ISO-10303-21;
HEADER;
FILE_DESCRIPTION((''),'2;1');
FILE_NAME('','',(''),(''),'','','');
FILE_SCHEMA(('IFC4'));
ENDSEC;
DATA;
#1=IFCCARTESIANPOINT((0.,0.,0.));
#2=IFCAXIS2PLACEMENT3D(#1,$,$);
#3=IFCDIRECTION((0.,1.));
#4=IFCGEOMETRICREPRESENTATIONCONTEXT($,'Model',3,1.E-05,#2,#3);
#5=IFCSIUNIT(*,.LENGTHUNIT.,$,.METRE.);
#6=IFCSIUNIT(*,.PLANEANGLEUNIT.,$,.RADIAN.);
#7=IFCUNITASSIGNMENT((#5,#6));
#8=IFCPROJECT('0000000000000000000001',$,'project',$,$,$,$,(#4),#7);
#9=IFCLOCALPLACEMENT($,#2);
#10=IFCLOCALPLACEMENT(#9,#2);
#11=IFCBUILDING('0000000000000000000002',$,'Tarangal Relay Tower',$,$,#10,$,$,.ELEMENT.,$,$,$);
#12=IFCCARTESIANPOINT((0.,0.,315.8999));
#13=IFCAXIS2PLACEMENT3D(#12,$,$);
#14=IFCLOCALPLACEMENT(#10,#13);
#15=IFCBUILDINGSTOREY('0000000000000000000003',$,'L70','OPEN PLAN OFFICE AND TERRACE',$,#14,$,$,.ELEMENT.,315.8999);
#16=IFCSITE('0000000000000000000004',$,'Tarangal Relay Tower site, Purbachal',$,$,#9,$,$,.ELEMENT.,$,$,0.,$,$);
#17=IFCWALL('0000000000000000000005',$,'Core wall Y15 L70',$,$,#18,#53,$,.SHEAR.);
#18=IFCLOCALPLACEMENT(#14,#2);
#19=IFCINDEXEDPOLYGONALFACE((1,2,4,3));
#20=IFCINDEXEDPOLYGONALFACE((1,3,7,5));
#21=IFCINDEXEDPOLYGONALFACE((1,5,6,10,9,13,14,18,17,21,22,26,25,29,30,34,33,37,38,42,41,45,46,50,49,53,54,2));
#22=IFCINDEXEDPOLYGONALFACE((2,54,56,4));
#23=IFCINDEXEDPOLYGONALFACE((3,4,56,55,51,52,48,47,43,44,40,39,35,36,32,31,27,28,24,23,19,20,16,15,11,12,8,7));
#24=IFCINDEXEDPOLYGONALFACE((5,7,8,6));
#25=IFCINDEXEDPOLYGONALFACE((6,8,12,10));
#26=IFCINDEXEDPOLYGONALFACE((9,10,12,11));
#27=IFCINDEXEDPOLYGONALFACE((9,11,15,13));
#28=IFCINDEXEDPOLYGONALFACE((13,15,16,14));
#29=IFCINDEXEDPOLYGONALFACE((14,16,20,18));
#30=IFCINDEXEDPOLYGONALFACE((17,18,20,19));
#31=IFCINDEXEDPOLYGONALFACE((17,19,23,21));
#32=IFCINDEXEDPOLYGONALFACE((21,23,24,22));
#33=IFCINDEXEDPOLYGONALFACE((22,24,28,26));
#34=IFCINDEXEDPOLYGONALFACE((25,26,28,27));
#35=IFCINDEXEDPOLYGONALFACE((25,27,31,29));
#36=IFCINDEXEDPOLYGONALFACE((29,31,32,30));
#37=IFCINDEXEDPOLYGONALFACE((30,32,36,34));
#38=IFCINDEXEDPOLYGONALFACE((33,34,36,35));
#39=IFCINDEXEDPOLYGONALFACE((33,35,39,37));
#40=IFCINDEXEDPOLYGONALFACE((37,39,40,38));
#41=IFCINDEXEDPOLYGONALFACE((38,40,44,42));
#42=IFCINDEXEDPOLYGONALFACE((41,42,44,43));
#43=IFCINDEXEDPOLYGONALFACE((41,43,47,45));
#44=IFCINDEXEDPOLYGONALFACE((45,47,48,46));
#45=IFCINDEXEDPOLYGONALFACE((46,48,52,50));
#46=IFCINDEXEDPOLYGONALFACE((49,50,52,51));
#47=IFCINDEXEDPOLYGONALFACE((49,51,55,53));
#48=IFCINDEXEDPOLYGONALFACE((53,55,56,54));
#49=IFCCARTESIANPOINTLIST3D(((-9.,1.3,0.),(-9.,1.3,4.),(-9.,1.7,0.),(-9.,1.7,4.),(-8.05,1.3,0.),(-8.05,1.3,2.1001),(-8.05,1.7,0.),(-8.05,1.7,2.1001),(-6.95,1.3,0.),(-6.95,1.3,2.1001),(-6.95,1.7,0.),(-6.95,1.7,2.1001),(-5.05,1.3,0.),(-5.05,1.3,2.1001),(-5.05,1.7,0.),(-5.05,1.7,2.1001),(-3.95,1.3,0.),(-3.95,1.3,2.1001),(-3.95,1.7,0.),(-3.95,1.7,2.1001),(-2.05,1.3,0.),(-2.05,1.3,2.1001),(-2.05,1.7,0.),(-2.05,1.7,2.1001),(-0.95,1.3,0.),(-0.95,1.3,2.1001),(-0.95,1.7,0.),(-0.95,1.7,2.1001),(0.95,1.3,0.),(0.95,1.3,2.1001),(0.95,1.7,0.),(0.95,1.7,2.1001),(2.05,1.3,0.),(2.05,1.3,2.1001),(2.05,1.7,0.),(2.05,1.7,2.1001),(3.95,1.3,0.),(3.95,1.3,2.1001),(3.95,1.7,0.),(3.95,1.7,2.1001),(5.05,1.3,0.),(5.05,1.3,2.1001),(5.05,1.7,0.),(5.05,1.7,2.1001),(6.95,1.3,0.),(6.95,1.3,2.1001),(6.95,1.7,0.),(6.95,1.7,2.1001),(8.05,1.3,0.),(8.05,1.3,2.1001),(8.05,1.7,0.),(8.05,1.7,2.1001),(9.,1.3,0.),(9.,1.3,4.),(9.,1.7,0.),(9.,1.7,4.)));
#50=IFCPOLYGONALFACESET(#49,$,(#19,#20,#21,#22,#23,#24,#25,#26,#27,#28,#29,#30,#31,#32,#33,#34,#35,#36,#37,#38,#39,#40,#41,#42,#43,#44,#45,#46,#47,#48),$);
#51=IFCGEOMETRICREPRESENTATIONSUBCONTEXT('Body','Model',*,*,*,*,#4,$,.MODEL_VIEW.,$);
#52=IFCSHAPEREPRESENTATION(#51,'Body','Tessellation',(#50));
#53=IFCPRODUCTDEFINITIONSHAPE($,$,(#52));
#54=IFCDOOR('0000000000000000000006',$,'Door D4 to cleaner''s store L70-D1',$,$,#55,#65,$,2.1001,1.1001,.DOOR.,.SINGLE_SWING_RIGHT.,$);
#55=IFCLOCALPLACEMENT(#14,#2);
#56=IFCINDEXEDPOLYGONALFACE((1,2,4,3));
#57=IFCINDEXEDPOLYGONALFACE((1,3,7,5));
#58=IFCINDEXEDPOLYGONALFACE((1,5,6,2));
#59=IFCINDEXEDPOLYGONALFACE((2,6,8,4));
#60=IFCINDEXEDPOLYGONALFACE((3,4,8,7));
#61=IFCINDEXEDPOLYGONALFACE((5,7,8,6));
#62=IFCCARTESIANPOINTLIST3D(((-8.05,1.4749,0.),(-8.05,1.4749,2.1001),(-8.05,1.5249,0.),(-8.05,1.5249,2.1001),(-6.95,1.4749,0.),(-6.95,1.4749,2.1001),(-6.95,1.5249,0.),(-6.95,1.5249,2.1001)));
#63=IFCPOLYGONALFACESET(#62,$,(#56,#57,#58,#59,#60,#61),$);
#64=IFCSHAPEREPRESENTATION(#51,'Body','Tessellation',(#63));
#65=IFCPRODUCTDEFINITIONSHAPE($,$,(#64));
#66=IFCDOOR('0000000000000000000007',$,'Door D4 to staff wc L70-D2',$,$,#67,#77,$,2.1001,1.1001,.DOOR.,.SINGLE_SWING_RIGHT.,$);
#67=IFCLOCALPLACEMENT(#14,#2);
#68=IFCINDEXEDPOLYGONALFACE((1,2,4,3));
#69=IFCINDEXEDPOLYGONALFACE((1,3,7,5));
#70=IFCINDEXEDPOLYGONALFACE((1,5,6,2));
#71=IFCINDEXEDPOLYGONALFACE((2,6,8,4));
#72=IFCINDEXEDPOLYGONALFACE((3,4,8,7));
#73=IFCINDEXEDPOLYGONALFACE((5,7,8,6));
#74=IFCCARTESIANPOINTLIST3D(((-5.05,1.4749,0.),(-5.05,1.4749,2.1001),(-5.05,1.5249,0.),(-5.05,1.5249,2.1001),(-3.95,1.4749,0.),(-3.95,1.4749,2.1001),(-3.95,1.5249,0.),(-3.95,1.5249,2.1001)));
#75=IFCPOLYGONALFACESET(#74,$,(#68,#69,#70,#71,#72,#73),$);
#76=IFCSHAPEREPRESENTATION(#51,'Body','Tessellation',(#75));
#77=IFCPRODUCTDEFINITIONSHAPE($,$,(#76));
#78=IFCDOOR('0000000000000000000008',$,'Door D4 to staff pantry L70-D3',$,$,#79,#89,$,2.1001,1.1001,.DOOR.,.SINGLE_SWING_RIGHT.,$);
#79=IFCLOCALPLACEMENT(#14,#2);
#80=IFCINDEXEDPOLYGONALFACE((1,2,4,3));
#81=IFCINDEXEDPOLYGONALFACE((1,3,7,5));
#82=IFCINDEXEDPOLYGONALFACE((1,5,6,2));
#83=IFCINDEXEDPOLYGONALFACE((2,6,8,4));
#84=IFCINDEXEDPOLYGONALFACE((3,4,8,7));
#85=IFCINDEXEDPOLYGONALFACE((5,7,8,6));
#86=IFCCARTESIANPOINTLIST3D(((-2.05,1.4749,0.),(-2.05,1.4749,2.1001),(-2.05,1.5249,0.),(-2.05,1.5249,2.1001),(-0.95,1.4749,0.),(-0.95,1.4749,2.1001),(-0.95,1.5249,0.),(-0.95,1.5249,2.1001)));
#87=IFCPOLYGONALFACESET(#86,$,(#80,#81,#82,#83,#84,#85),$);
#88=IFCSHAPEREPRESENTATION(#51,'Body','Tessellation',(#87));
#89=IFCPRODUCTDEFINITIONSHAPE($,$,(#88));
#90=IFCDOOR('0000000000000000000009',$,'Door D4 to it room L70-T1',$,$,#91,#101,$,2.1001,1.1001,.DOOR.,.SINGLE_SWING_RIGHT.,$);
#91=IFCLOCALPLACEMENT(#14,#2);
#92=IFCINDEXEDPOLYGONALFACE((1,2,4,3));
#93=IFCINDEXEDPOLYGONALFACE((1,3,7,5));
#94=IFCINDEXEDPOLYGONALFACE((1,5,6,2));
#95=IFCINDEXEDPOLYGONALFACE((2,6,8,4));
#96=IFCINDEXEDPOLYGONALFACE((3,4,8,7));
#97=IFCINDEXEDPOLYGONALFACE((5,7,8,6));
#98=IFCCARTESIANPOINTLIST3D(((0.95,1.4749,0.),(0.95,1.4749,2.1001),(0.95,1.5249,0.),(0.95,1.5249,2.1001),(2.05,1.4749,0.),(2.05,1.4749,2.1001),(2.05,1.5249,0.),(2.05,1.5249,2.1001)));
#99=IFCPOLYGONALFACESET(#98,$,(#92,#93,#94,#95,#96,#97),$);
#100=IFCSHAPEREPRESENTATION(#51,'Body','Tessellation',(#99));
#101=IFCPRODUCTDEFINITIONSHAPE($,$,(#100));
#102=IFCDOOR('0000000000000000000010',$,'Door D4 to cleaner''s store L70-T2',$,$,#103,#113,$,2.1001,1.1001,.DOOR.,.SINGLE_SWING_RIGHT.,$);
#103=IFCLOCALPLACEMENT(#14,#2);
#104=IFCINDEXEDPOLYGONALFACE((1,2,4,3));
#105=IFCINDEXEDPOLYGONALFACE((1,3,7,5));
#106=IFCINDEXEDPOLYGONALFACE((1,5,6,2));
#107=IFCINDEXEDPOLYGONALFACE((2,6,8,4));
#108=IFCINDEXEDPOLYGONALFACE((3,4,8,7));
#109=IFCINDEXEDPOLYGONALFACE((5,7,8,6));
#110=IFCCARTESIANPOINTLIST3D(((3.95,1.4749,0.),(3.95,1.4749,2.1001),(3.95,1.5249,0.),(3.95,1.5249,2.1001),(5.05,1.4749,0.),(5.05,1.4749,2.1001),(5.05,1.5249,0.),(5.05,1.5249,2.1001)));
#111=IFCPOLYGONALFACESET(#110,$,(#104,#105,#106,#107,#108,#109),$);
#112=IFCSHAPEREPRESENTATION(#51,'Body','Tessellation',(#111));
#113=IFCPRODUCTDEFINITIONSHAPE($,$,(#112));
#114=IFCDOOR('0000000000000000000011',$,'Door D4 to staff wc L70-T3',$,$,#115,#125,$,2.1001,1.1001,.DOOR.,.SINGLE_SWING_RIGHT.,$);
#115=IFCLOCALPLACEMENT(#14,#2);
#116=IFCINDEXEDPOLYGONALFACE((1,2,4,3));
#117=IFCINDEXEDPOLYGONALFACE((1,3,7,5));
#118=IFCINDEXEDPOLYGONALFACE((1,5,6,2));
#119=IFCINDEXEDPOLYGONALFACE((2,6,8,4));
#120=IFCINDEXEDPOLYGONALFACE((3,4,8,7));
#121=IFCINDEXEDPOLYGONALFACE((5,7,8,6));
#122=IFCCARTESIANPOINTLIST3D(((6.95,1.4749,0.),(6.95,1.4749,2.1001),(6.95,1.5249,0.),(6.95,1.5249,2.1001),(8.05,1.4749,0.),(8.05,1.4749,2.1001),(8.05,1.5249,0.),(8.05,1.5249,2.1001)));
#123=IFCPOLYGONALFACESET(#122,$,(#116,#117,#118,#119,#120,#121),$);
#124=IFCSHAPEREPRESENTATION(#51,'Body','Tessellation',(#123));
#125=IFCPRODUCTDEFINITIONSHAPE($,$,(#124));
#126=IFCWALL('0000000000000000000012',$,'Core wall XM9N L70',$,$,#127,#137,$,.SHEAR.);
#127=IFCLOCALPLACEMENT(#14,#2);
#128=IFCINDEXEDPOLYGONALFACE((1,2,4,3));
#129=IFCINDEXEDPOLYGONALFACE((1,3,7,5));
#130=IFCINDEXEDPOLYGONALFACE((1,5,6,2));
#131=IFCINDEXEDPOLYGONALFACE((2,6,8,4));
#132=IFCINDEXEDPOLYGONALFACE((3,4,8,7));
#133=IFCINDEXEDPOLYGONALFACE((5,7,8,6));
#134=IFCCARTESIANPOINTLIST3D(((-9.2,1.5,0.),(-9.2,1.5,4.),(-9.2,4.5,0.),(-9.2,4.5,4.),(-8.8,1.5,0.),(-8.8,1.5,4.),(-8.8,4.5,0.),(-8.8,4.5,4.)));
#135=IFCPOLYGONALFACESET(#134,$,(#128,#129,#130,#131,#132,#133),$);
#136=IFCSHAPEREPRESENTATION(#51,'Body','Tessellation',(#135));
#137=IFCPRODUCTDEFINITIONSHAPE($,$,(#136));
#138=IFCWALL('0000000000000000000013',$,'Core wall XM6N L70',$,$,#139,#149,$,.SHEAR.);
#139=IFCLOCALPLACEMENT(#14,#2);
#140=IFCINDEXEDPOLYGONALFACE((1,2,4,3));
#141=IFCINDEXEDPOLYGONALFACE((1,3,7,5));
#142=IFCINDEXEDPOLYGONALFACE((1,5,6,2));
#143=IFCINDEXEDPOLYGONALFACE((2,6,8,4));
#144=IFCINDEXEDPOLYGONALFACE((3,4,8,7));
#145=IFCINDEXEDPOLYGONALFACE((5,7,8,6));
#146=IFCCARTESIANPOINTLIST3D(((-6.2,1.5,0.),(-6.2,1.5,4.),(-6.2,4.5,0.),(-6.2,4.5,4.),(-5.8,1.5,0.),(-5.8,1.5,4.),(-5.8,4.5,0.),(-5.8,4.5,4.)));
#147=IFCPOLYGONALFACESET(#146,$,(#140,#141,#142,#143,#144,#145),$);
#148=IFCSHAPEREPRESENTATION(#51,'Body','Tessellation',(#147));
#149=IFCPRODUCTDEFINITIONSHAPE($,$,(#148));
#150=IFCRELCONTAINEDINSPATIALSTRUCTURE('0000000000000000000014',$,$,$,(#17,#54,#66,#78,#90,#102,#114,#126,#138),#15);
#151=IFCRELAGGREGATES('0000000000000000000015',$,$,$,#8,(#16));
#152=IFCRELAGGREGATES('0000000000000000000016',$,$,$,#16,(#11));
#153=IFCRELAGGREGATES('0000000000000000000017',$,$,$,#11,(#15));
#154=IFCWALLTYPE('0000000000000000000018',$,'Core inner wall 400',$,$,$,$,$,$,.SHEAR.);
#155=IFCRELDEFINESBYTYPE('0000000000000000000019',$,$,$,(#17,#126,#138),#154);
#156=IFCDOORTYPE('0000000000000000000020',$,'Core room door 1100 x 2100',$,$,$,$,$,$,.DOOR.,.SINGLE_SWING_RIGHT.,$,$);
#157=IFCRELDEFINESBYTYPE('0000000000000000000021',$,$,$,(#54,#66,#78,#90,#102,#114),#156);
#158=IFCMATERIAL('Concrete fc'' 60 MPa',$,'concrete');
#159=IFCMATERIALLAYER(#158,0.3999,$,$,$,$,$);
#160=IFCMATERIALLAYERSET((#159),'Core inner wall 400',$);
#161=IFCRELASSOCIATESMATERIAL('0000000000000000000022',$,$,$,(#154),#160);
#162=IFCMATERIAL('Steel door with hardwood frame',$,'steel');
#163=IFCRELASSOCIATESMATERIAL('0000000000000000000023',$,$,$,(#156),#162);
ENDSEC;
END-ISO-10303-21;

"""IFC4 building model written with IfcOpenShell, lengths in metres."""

from ifc_helpers import new_model, si_unit, direction, frame, frame_2d, origin, place, context, subcontext, project, spatial, rectangle, extrude, material, layer, layer_set, type_object, element, fill, save


model = new_model("IFC4")

# Units and contexts
model_context = context("Model", 3, precision=1e-05, world=origin(), true_north=direction((0.0, 1.0)))
body_context = subcontext(model_context, "Body", "Model", "MODEL_VIEW")
ifc_project = project(units=[si_unit("LENGTHUNIT", "METRE"), si_unit("PLANEANGLEUNIT", "RADIAN")], contexts=[model_context])

# Site, building, storey
site_placement = place(None, origin())
site = spatial("IfcSite", under=ifc_project, at=site_placement, Name="Tarangal Relay Tower site, Purbachal", CompositionType="ELEMENT", RefElevation=0.0)
building_placement = place(site_placement, origin())
building = spatial("IfcBuilding", under=site, at=building_placement, Name="Tarangal Relay Tower", CompositionType="ELEMENT")
storey_placement = place(building_placement, frame((0.0, 0.0, 315.8999)))
storey = spatial("IfcBuildingStorey", under=building, at=storey_placement, Name="L70", Description="OPEN PLAN OFFICE AND TERRACE", CompositionType="ELEMENT", Elevation=315.8999)

# Wall, openings, doors
ifc_material_1 = material(Name="Concrete fc' 60 MPa", Category="concrete")
ifc_layer = layer(ifc_material_1, 0.3999)
ifc_layer_set = layer_set([ifc_layer], Name="Core inner wall 400")
wall_type = type_object("IfcWallType", Name="Core inner wall 400", PredefinedType="SHEAR", material=ifc_layer_set)
wall_1_placement = place(storey_placement, frame((-9.0, 1.5, 0.0), z_axis=(0.0, 0.0, 1.0), x_axis=(1.0, 0.0, 0.0)))
wall_1 = element("IfcWall", 1, at=wall_1_placement, inside=storey, type_object=wall_type, Name="Core wall Y15 L70", PredefinedType="SHEAR", context=body_context, shape_type="SweptSolid", body=[
    extrude(rectangle(XDim=18.0, YDim=0.3999, at=frame_2d((9.0, 0.0))), origin(), (0.0, 0.0, 1.0), 4.0),
])
opening_1_placement = place(wall_1_placement, frame((0.95, 0.0, 0.0)))
opening_1 = element("IfcOpeningElement", 2, at=opening_1_placement, cuts=wall_1, PredefinedType="OPENING", context=body_context, shape_type="SweptSolid", body=[
    extrude(rectangle(XDim=1.1001, YDim=2.1001, at=frame_2d((0.55, 1.05))), frame((0.0, 0.21, 0.0), z_axis=(0.0, -1.0, 0.0), x_axis=(1.0, 0.0, 0.0)), (0.0, 0.0, 1.0), 0.4199),
])
opening_2_placement = place(wall_1_placement, frame((3.95, 0.0, 0.0)))
opening_2 = element("IfcOpeningElement", 3, at=opening_2_placement, cuts=wall_1, PredefinedType="OPENING", context=body_context, shape_type="SweptSolid", body=[
    extrude(rectangle(XDim=1.1001, YDim=2.1001, at=frame_2d((0.55, 1.05))), frame((0.0, 0.21, 0.0), z_axis=(0.0, -1.0, 0.0), x_axis=(1.0, 0.0, 0.0)), (0.0, 0.0, 1.0), 0.4199),
])
opening_3_placement = place(wall_1_placement, frame((6.95, 0.0, 0.0)))
opening_3 = element("IfcOpeningElement", 4, at=opening_3_placement, cuts=wall_1, PredefinedType="OPENING", context=body_context, shape_type="SweptSolid", body=[
    extrude(rectangle(XDim=1.1001, YDim=2.1001, at=frame_2d((0.55, 1.05))), frame((0.0, 0.21, 0.0), z_axis=(0.0, -1.0, 0.0), x_axis=(1.0, 0.0, 0.0)), (0.0, 0.0, 1.0), 0.4199),
])
opening_4_placement = place(wall_1_placement, frame((9.95, 0.0, 0.0)))
opening_4 = element("IfcOpeningElement", 5, at=opening_4_placement, cuts=wall_1, PredefinedType="OPENING", context=body_context, shape_type="SweptSolid", body=[
    extrude(rectangle(XDim=1.1001, YDim=2.1001, at=frame_2d((0.55, 1.05))), frame((0.0, 0.21, 0.0), z_axis=(0.0, -1.0, 0.0), x_axis=(1.0, 0.0, 0.0)), (0.0, 0.0, 1.0), 0.4199),
])
opening_5_placement = place(wall_1_placement, frame((12.95, 0.0, 0.0)))
opening_5 = element("IfcOpeningElement", 6, at=opening_5_placement, cuts=wall_1, PredefinedType="OPENING", context=body_context, shape_type="SweptSolid", body=[
    extrude(rectangle(XDim=1.1001, YDim=2.1001, at=frame_2d((0.55, 1.05))), frame((0.0, 0.21, 0.0), z_axis=(0.0, -1.0, 0.0), x_axis=(1.0, 0.0, 0.0)), (0.0, 0.0, 1.0), 0.4199),
])
opening_6_placement = place(wall_1_placement, frame((15.95, 0.0, 0.0)))
opening_6 = element("IfcOpeningElement", 7, at=opening_6_placement, cuts=wall_1, PredefinedType="OPENING", context=body_context, shape_type="SweptSolid", body=[
    extrude(rectangle(XDim=1.1001, YDim=2.1001, at=frame_2d((0.55, 1.05))), frame((0.0, 0.21, 0.0), z_axis=(0.0, -1.0, 0.0), x_axis=(1.0, 0.0, 0.0)), (0.0, 0.0, 1.0), 0.4199),
])
ifc_material_2 = material(Name="Steel door with hardwood frame", Category="steel")
door_type_1 = type_object("IfcDoorType", Name="Core room door 1100 x 2100", OperationType="SINGLE_SWING_RIGHT", PredefinedType="DOOR", material=ifc_material_2)
door_1_placement = place(opening_1_placement, origin())
door_1 = element("IfcDoor", 8, at=door_1_placement, inside=storey, type_object=door_type_1, Name="Door D4 to cleaner's store L70-D1", OperationType="SINGLE_SWING_RIGHT", OverallHeight=2.1001, OverallWidth=1.1001, PredefinedType="DOOR", context=body_context, shape_type="SweptSolid", body=[
    extrude(rectangle(XDim=1.1001, YDim=2.1001, at=frame_2d((0.55, 1.05))), frame((0.0, 0.0249, 0.0), z_axis=(0.0, -1.0, 0.0), x_axis=(1.0, 0.0, 0.0)), (0.0, 0.0, 1.0), 0.05),
])
fill(opening_1, door_1)
door_2_placement = place(opening_2_placement, origin())
door_2 = element("IfcDoor", 9, at=door_2_placement, inside=storey, type_object=door_type_1, Name="Door D4 to staff wc L70-D2", OperationType="SINGLE_SWING_RIGHT", OverallHeight=2.1001, OverallWidth=1.1001, PredefinedType="DOOR", context=body_context, shape_type="SweptSolid", body=[
    extrude(rectangle(XDim=1.1001, YDim=2.1001, at=frame_2d((0.55, 1.05))), frame((0.0, 0.0249, 0.0), z_axis=(0.0, -1.0, 0.0), x_axis=(1.0, 0.0, 0.0)), (0.0, 0.0, 1.0), 0.05),
])
fill(opening_2, door_2)
door_3_placement = place(opening_3_placement, origin())
door_3 = element("IfcDoor", 10, at=door_3_placement, inside=storey, type_object=door_type_1, Name="Door D4 to staff pantry L70-D3", OperationType="SINGLE_SWING_RIGHT", OverallHeight=2.1001, OverallWidth=1.1001, PredefinedType="DOOR", context=body_context, shape_type="SweptSolid", body=[
    extrude(rectangle(XDim=1.1001, YDim=2.1001, at=frame_2d((0.55, 1.05))), frame((0.0, 0.0249, 0.0), z_axis=(0.0, -1.0, 0.0), x_axis=(1.0, 0.0, 0.0)), (0.0, 0.0, 1.0), 0.05),
])
fill(opening_3, door_3)
door_4_placement = place(opening_4_placement, origin())
door_4 = element("IfcDoor", 11, at=door_4_placement, inside=storey, type_object=door_type_1, Name="Door D4 to it room L70-T1", OperationType="SINGLE_SWING_RIGHT", OverallHeight=2.1001, OverallWidth=1.1001, PredefinedType="DOOR", context=body_context, shape_type="SweptSolid", body=[
    extrude(rectangle(XDim=1.1001, YDim=2.1001, at=frame_2d((0.55, 1.05))), frame((0.0, 0.0249, 0.0), z_axis=(0.0, -1.0, 0.0), x_axis=(1.0, 0.0, 0.0)), (0.0, 0.0, 1.0), 0.05),
])
fill(opening_4, door_4)
door_5_placement = place(opening_5_placement, origin())
door_5 = element("IfcDoor", 12, at=door_5_placement, inside=storey, type_object=door_type_1, Name="Door D4 to cleaner's store L70-T2", OperationType="SINGLE_SWING_RIGHT", OverallHeight=2.1001, OverallWidth=1.1001, PredefinedType="DOOR", context=body_context, shape_type="SweptSolid", body=[
    extrude(rectangle(XDim=1.1001, YDim=2.1001, at=frame_2d((0.55, 1.05))), frame((0.0, 0.0249, 0.0), z_axis=(0.0, -1.0, 0.0), x_axis=(1.0, 0.0, 0.0)), (0.0, 0.0, 1.0), 0.05),
])
fill(opening_5, door_5)
door_6_placement = place(opening_6_placement, origin())
door_6 = element("IfcDoor", 13, at=door_6_placement, inside=storey, type_object=door_type_1, Name="Door D4 to staff wc L70-T3", OperationType="SINGLE_SWING_RIGHT", OverallHeight=2.1001, OverallWidth=1.1001, PredefinedType="DOOR", context=body_context, shape_type="SweptSolid", body=[
    extrude(rectangle(XDim=1.1001, YDim=2.1001, at=frame_2d((0.55, 1.05))), frame((0.0, 0.0249, 0.0), z_axis=(0.0, -1.0, 0.0), x_axis=(1.0, 0.0, 0.0)), (0.0, 0.0, 1.0), 0.05),
])
fill(opening_6, door_6)

# Walls
for number, where, z_axis, x_axis, name in (
    (14, (-9.0, 1.5, 0.0), (0.0, 0.0, 1.0), (0.0, 1.0, 0.0), "Core wall XM9N L70"),
    (15, (-6.0, 1.5, 0.0), (0.0, 0.0, 1.0), (0.0, 1.0, 0.0), "Core wall XM6N L70"),
):
    element("IfcWall", number, at=place(storey_placement, frame(where, z_axis=z_axis, x_axis=x_axis)), inside=storey, type_object=wall_type, Name=name, PredefinedType="SHEAR", context=body_context, shape_type="SweptSolid", body=[
        extrude(rectangle(XDim=3.0, YDim=0.3999, at=frame_2d((1.5, 0.0))), origin(), (0.0, 0.0, 1.0), 4.0),
    ])

save(model, "model.ifc")
